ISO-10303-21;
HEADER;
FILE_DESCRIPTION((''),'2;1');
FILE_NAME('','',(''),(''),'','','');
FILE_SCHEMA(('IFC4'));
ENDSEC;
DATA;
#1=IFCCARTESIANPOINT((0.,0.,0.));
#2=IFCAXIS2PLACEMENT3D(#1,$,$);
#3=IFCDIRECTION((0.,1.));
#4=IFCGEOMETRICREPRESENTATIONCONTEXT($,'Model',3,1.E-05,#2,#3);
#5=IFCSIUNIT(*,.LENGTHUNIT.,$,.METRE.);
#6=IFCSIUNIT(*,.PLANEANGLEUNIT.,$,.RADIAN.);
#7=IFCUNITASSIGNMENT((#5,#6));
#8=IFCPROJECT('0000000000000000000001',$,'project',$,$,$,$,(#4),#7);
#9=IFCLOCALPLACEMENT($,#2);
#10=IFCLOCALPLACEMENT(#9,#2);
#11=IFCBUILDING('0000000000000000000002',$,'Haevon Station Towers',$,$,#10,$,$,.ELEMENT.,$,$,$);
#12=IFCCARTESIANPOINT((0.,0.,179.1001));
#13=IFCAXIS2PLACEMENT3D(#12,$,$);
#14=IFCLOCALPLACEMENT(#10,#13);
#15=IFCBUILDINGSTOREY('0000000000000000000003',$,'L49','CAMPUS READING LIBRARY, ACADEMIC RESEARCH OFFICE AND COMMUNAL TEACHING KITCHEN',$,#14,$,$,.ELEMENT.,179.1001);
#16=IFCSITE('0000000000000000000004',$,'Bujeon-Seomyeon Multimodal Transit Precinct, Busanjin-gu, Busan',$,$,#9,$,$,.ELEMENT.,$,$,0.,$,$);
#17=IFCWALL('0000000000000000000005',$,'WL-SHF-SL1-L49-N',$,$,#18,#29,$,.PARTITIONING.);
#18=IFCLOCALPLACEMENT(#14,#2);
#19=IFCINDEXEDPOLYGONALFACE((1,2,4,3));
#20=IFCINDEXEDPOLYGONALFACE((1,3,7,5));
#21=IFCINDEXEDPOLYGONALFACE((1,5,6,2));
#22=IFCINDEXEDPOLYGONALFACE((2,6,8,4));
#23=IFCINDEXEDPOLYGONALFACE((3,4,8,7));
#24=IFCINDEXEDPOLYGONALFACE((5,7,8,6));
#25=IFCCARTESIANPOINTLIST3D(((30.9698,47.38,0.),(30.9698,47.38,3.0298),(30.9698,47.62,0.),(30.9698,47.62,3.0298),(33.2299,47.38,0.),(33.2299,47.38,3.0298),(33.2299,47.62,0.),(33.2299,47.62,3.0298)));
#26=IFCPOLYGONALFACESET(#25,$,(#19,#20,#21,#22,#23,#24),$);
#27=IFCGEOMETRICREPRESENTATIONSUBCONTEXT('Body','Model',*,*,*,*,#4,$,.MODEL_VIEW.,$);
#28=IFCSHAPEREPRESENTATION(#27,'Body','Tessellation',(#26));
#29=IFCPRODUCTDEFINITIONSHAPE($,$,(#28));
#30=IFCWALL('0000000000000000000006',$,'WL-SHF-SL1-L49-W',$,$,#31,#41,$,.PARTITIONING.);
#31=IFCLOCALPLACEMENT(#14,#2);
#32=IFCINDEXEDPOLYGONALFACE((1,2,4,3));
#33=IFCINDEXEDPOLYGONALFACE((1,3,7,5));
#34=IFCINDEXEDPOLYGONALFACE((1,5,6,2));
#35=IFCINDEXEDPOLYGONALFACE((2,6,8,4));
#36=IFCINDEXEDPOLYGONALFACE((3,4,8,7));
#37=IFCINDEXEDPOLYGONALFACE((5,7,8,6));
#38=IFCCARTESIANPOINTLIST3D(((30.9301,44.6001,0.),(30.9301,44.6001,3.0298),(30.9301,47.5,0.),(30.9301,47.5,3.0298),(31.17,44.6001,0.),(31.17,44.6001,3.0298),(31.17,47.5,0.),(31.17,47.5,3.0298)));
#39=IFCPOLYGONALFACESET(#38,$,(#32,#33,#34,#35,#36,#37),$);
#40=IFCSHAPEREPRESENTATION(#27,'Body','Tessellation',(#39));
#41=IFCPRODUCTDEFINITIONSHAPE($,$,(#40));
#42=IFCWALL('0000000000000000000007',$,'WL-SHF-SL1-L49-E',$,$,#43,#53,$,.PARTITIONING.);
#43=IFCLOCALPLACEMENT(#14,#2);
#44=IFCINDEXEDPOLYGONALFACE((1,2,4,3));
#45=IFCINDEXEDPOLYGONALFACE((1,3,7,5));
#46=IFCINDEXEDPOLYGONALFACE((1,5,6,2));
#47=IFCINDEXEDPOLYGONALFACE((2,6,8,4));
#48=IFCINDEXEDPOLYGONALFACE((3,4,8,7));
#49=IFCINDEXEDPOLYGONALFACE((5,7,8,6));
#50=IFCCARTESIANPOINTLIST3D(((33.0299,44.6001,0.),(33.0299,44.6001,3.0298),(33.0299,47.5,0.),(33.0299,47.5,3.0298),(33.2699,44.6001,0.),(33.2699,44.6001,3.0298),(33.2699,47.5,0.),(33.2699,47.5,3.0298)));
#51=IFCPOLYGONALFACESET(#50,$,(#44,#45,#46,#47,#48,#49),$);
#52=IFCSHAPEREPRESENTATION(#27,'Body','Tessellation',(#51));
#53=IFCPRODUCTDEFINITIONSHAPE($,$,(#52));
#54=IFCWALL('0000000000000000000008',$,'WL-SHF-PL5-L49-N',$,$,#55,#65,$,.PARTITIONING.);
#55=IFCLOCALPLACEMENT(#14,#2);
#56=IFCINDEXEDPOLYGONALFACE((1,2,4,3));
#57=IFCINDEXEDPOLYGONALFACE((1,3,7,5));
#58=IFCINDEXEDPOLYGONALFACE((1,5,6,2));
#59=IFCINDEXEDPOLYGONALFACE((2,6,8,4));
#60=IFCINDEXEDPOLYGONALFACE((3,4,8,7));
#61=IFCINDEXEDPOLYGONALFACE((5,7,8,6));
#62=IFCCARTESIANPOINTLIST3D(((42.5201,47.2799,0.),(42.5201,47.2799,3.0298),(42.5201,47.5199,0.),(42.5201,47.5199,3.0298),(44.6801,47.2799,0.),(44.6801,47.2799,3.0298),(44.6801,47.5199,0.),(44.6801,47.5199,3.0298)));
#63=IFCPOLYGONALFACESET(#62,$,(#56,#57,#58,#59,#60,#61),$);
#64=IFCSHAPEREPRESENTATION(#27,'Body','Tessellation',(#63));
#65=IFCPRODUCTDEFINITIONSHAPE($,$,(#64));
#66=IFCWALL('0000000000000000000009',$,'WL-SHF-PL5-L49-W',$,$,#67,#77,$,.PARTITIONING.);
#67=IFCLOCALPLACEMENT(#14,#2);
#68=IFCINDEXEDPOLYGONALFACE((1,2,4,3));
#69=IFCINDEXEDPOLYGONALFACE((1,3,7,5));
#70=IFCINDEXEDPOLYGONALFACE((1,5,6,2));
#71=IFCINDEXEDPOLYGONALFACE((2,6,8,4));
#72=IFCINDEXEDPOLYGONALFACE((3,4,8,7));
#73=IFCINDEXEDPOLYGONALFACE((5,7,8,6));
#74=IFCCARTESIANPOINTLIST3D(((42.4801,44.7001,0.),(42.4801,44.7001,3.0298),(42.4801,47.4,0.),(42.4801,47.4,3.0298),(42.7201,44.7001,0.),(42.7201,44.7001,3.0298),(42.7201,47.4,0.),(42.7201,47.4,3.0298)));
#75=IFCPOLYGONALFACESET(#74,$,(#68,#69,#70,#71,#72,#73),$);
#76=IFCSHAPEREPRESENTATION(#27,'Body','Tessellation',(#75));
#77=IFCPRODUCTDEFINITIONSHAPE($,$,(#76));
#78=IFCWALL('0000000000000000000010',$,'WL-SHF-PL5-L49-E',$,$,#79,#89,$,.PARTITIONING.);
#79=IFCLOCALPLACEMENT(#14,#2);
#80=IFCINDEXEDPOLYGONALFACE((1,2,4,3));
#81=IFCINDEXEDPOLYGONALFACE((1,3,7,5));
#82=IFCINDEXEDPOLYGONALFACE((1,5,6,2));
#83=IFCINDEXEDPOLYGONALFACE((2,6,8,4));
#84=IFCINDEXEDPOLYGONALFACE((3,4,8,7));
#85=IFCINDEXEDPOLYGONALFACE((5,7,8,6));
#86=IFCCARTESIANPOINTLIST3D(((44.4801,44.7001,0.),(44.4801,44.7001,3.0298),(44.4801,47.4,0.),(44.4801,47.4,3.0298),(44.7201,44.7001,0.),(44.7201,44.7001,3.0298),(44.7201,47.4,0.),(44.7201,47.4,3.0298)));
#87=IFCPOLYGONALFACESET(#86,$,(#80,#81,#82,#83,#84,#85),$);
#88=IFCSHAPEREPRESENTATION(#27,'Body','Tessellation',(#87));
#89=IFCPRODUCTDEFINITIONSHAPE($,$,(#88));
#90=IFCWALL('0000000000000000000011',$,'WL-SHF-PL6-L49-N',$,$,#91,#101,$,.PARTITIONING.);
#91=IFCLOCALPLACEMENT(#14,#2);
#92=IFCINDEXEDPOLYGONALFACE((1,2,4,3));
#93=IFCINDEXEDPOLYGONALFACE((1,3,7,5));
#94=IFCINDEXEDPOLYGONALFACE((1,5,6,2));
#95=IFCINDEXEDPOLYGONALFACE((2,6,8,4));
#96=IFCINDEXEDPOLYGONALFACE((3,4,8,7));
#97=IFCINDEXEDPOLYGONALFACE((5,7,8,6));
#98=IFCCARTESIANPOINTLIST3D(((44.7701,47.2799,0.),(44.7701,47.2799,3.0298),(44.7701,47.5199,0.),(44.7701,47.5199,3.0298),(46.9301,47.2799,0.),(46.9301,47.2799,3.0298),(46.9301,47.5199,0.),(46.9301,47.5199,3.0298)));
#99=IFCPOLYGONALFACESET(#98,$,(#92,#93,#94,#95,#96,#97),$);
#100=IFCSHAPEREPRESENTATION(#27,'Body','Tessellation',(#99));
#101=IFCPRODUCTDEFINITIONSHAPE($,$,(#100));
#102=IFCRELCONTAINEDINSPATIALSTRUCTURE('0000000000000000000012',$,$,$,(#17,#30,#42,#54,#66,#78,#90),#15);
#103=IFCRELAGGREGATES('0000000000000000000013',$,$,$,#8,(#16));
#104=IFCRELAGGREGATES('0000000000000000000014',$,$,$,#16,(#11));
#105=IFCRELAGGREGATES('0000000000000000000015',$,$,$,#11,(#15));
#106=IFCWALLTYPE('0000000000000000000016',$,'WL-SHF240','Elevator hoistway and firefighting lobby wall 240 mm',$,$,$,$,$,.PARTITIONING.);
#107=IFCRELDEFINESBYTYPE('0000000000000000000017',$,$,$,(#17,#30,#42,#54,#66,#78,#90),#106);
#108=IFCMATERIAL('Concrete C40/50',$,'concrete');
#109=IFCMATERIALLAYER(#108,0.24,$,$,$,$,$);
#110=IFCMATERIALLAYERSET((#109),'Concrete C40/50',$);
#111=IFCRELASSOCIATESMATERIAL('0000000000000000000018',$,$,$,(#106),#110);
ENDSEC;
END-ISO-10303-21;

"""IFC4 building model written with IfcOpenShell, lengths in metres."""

from ifc_helpers import new_model, si_unit, direction, frame, frame_2d, origin, place, context, subcontext, project, spatial, rectangle, extrude, material, layer, layer_set, type_object, element, save


model = new_model("IFC4")

# Units and contexts
model_context = context("Model", 3, precision=1e-05, world=origin(), true_north=direction((0.0, 1.0)))
body_context = subcontext(model_context, "Body", "Model", "MODEL_VIEW")
ifc_project = project(units=[si_unit("LENGTHUNIT", "METRE"), si_unit("PLANEANGLEUNIT", "RADIAN")], contexts=[model_context])

# Site, building, storey
site_placement = place(None, origin())
site = spatial("IfcSite", under=ifc_project, at=site_placement, Name="Bujeon-Seomyeon Multimodal Transit Precinct, Busanjin-gu, Busan", CompositionType="ELEMENT", RefElevation=0.0)
building_placement = place(site_placement, origin())
building = spatial("IfcBuilding", under=site, at=building_placement, Name="Haevon Station Towers", CompositionType="ELEMENT")
storey_placement = place(building_placement, frame((0.0, 0.0, 179.1001)))
storey = spatial("IfcBuildingStorey", under=building, at=storey_placement, Name="L49", Description="CAMPUS READING LIBRARY, ACADEMIC RESEARCH OFFICE AND COMMUNAL TEACHING KITCHEN", CompositionType="ELEMENT", Elevation=179.1001)

# Shared definitions
ifc_material_1 = material(Name="Concrete C40/50", Category="concrete")
ifc_layer_1 = layer(ifc_material_1, 0.24)
ifc_layer_set_1 = layer_set([ifc_layer_1], Name="Concrete C40/50")
wall_type_1 = type_object("IfcWallType", Name="WL-SHF240", Description="Elevator hoistway and firefighting lobby wall 240 mm", PredefinedType="PARTITIONING", material=ifc_layer_set_1)

# Walls
wall_1_placement = place(storey_placement, frame((30.97, 47.5, 0.0), z_axis=(0.0, 0.0, 1.0), x_axis=(1.0, 0.0, 0.0)))
element("IfcWall", 1, at=wall_1_placement, inside=storey, type_object=wall_type_1, Name="WL-SHF-SL1-L49-N", PredefinedType="PARTITIONING", context=body_context, shape_type="SweptSolid", body=[
    extrude(rectangle(XDim=2.26, YDim=0.24, at=frame_2d((1.1299, 0.0))), origin(), (0.0, 0.0, 1.0), 3.0298),
])
for number, where, z_axis, x_axis, name in (
    (2, (31.05, 44.6001, 0.0), (0.0, 0.0, 1.0), (0.0, 1.0, 0.0), "WL-SHF-SL1-L49-W"),
    (3, (33.1499, 44.6001, 0.0), (0.0, 0.0, 1.0), (0.0, 1.0, 0.0), "WL-SHF-SL1-L49-E"),
):
    element("IfcWall", number, at=place(storey_placement, frame(where, z_axis=z_axis, x_axis=x_axis)), inside=storey, type_object=wall_type_1, Name=name, PredefinedType="PARTITIONING", context=body_context, shape_type="SweptSolid", body=[
        extrude(rectangle(XDim=2.8999, YDim=0.24, at=frame_2d((1.45, 0.0))), origin(), (0.0, 0.0, 1.0), 3.0298),
    ])

# Walls
wall_2_placement = place(storey_placement, frame((42.52, 47.3999, 0.0), z_axis=(0.0, 0.0, 1.0), x_axis=(1.0, 0.0, 0.0)))
element("IfcWall", 4, at=wall_2_placement, inside=storey, type_object=wall_type_1, Name="WL-SHF-PL5-L49-N", PredefinedType="PARTITIONING", context=body_context, shape_type="SweptSolid", body=[
    extrude(rectangle(XDim=2.1599, YDim=0.24, at=frame_2d((1.0801, 0.0))), origin(), (0.0, 0.0, 1.0), 3.0298),
])
for number, where, z_axis, x_axis, name in (
    (5, (42.6001, 44.7, 0.0), (0.0, 0.0, 1.0), (0.0, 1.0, 0.0), "WL-SHF-PL5-L49-W"),
    (6, (44.6001, 44.7, 0.0), (0.0, 0.0, 1.0), (0.0, 1.0, 0.0), "WL-SHF-PL5-L49-E"),
):
    element("IfcWall", number, at=place(storey_placement, frame(where, z_axis=z_axis, x_axis=x_axis)), inside=storey, type_object=wall_type_1, Name=name, PredefinedType="PARTITIONING", context=body_context, shape_type="SweptSolid", body=[
        extrude(rectangle(XDim=2.7, YDim=0.24, at=frame_2d((1.3501, 0.0))), origin(), (0.0, 0.0, 1.0), 3.0298),
    ])

# Wall
wall_3_placement = place(storey_placement, frame((44.77, 47.3999, 0.0), z_axis=(0.0, 0.0, 1.0), x_axis=(1.0, 0.0, 0.0)))
element("IfcWall", 7, at=wall_3_placement, inside=storey, type_object=wall_type_1, Name="WL-SHF-PL6-L49-N", PredefinedType="PARTITIONING", context=body_context, shape_type="SweptSolid", body=[
    extrude(rectangle(XDim=2.1599, YDim=0.24, at=frame_2d((1.0801, 0.0))), origin(), (0.0, 0.0, 1.0), 3.0298),
])

save(model, "model.ifc")
